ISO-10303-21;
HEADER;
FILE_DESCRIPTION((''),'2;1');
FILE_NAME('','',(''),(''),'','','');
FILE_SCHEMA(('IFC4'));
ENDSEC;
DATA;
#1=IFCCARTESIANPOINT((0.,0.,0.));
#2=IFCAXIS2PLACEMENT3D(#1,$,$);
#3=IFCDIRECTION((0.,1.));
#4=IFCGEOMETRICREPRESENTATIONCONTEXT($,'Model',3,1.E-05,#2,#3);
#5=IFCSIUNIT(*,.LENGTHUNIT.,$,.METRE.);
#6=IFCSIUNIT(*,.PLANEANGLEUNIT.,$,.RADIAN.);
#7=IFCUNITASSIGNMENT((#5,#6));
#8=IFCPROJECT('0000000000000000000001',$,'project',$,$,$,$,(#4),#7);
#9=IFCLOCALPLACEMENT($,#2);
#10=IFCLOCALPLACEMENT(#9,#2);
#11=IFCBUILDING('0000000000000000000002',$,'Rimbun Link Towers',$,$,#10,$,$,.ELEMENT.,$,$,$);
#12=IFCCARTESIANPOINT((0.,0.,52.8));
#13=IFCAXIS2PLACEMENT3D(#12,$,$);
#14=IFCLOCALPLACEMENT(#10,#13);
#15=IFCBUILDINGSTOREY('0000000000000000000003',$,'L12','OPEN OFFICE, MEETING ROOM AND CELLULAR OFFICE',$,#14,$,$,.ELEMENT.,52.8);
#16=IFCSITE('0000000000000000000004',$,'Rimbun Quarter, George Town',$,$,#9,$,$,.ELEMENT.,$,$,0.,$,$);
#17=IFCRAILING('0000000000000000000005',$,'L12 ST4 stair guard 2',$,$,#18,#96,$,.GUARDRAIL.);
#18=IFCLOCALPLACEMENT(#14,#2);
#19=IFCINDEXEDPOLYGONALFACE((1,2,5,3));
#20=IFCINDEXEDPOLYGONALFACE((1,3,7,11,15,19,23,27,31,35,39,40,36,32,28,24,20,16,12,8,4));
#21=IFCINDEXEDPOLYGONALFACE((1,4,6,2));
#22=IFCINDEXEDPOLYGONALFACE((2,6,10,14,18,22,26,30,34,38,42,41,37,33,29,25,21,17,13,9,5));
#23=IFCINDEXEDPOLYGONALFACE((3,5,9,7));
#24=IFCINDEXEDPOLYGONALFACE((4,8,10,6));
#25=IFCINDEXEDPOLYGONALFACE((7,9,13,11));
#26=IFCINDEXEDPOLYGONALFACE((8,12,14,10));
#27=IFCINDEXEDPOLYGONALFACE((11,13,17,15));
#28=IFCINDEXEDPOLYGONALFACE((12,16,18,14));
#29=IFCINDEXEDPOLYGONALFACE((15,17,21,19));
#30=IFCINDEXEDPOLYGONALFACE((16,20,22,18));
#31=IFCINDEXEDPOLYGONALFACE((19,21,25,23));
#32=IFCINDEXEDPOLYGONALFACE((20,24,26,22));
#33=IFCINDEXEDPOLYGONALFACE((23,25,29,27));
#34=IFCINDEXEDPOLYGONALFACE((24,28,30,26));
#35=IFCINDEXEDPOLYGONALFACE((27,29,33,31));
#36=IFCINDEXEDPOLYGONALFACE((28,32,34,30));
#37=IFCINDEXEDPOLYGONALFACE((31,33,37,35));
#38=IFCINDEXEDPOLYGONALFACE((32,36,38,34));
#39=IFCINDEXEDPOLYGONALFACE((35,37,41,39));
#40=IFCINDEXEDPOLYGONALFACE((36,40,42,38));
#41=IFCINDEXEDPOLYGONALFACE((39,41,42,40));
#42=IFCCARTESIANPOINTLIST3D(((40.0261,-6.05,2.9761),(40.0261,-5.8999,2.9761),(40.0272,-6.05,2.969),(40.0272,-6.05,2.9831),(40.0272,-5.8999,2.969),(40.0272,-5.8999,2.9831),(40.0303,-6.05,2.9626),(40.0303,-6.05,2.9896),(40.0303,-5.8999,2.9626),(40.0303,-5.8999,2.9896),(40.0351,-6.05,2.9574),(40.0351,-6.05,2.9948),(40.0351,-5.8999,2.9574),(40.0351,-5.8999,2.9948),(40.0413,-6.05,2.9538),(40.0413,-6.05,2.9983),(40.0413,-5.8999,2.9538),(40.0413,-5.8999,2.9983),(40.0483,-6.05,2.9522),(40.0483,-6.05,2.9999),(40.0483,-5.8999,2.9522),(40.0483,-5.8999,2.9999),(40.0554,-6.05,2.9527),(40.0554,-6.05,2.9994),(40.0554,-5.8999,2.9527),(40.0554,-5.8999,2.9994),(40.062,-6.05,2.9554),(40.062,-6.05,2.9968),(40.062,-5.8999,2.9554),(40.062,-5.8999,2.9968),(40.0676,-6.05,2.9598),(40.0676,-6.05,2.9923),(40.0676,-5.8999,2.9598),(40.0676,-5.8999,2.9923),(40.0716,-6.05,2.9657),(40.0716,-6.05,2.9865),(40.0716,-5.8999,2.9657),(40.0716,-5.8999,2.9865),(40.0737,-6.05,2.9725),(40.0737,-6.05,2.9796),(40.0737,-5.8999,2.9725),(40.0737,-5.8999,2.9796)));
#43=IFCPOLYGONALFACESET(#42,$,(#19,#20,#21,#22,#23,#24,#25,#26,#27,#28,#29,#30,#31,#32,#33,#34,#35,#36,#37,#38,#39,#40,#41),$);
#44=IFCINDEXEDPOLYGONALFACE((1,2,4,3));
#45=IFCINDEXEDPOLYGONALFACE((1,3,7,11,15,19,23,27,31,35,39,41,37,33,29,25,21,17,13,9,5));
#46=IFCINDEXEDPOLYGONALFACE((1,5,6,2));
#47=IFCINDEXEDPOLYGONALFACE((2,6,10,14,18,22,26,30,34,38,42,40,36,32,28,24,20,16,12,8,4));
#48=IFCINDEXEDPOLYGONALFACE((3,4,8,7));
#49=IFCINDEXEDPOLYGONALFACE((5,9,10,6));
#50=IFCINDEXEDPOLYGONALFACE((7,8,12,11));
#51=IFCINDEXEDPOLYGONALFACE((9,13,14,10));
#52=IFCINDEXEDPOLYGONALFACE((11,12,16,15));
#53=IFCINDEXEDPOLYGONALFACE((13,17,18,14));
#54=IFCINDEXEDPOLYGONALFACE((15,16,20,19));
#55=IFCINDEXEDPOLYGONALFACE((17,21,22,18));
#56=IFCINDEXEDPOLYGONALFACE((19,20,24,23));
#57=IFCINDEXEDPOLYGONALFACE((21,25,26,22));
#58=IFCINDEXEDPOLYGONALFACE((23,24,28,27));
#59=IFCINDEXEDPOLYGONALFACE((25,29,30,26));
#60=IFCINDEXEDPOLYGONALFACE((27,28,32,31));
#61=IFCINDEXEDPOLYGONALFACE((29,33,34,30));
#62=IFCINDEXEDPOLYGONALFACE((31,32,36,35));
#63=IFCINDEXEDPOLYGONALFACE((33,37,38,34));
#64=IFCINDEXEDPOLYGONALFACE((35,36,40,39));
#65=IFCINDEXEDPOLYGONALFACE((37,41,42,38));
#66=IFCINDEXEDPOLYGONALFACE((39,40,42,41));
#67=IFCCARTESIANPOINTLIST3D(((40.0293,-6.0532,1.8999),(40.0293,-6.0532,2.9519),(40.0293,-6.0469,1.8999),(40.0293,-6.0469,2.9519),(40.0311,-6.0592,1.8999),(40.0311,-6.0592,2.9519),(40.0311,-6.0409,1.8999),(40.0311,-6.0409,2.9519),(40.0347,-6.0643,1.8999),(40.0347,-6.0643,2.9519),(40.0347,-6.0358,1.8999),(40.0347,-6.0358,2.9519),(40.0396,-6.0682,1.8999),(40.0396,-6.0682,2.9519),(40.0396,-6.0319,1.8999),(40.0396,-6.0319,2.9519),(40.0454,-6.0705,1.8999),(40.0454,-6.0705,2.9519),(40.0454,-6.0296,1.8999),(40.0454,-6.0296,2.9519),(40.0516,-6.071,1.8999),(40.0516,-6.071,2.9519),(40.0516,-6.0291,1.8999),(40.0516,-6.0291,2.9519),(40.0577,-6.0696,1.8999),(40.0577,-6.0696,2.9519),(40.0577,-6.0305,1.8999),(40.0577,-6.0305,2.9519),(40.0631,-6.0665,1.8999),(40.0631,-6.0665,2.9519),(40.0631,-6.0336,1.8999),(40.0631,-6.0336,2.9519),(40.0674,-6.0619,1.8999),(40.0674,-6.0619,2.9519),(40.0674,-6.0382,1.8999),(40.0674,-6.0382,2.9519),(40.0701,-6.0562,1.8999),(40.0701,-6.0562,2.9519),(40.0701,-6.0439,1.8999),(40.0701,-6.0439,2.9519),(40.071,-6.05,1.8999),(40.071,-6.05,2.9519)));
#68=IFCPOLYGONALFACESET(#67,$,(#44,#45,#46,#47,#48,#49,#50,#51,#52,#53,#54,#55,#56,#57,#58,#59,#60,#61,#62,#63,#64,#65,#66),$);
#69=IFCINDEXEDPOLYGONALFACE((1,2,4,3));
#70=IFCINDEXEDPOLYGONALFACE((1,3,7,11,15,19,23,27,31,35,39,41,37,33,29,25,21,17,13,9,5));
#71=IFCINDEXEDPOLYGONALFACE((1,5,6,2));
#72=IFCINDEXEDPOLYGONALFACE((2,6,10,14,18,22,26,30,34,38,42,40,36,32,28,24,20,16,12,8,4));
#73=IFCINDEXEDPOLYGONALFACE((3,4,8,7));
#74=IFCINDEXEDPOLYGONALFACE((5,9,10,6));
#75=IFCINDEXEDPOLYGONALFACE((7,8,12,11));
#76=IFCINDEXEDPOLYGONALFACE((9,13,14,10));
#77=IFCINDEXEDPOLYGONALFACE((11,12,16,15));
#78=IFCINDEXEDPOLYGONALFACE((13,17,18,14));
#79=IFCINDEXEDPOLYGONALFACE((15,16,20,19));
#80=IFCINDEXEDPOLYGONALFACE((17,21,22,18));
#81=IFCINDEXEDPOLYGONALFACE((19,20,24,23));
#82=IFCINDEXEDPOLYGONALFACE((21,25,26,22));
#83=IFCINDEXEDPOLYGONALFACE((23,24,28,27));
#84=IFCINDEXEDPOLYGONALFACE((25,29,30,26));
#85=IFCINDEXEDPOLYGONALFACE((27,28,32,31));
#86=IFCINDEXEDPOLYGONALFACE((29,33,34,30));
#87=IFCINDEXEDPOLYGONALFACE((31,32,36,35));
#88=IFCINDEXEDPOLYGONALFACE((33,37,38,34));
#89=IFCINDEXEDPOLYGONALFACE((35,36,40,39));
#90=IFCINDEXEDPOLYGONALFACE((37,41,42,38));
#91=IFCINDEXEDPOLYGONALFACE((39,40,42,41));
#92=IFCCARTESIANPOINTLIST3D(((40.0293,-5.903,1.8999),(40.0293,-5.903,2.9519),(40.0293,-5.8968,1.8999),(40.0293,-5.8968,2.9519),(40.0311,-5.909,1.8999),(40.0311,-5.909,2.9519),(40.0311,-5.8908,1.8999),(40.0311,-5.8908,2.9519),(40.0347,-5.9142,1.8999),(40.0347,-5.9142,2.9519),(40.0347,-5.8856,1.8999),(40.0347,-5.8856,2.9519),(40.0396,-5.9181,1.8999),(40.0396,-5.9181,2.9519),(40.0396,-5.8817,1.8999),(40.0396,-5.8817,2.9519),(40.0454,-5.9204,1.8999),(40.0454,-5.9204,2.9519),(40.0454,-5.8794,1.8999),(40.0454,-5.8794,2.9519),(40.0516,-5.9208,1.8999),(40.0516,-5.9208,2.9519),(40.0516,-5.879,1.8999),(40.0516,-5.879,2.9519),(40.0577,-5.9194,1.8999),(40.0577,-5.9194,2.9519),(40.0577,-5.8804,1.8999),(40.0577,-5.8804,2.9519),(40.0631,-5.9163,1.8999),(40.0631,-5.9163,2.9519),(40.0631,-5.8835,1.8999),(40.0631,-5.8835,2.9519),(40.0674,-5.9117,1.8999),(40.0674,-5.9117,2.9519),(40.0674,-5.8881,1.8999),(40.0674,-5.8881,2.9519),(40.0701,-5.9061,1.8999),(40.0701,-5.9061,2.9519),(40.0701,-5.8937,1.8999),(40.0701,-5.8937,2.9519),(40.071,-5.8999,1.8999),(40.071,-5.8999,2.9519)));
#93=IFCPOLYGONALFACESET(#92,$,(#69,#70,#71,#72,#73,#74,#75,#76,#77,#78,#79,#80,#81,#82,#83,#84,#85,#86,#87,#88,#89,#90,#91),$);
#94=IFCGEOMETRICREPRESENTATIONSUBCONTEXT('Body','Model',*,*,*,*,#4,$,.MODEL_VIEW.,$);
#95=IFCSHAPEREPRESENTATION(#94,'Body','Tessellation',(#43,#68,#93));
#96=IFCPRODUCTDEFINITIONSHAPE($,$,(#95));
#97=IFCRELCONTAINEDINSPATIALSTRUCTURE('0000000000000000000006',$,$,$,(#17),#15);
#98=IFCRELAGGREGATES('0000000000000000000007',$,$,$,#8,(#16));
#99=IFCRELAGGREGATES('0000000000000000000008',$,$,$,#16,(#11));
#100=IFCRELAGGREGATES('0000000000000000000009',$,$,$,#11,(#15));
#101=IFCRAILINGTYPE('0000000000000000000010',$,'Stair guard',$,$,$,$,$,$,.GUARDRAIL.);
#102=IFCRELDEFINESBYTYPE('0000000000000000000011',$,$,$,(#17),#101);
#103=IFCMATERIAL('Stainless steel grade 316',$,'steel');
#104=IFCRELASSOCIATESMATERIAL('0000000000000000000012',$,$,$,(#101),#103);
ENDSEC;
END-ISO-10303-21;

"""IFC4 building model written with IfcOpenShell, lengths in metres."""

from ifc_helpers import new_model, si_unit, direction, frame, origin, origin_2d, place, context, subcontext, project, spatial, circle, extrude, material, type_object, element, save


model = new_model("IFC4")

# Units and contexts
model_context = context("Model", 3, precision=1e-05, world=origin(), true_north=direction((0.0, 1.0)))
body_context = subcontext(model_context, "Body", "Model", "MODEL_VIEW")
ifc_project = project(units=[si_unit("LENGTHUNIT", "METRE"), si_unit("PLANEANGLEUNIT", "RADIAN")], contexts=[model_context])

# Site, building, storey
site_placement = place(None, origin())
site = spatial("IfcSite", under=ifc_project, at=site_placement, Name="Rimbun Quarter, George Town", CompositionType="ELEMENT", RefElevation=0.0)
building_placement = place(site_placement, origin())
building = spatial("IfcBuilding", under=site, at=building_placement, Name="Rimbun Link Towers", CompositionType="ELEMENT")
storey_placement = place(building_placement, frame((0.0, 0.0, 52.8)))
storey = spatial("IfcBuildingStorey", under=building, at=storey_placement, Name="L12", Description="OPEN OFFICE, MEETING ROOM AND CELLULAR OFFICE", CompositionType="ELEMENT", Elevation=52.8)

# Railing
ifc_material_1 = material(Name="Stainless steel grade 316", Category="steel")
railing_type_1 = type_object("IfcRailingType", Name="Stair guard", PredefinedType="GUARDRAIL", material=ifc_material_1)
railing_1_placement = place(storey_placement, frame((40.05, -6.05, 1.8999)))
element("IfcRailing", 1, at=railing_1_placement, inside=storey, type_object=railing_type_1, Name="L12 ST4 stair guard 2", PredefinedType="GUARDRAIL", context=body_context, shape_type="SweptSolid", body=[
    extrude(circle(Radius=0.0239, at=origin_2d()), frame((0.0, 0.0, 1.0762), z_axis=(0.0, 1.0, 0.0), x_axis=(-1.0, 0.0, 0.0)), (0.0, 0.0, 1.0), 0.1501),
    extrude(circle(Radius=0.021, at=origin_2d()), origin(), (0.0, 0.0, 1.0), 1.052),
    extrude(circle(Radius=0.021, at=origin_2d()), frame((0.0, 0.1501, 0.0)), (0.0, 0.0, 1.0), 1.052),
])

save(model, "model.ifc")
